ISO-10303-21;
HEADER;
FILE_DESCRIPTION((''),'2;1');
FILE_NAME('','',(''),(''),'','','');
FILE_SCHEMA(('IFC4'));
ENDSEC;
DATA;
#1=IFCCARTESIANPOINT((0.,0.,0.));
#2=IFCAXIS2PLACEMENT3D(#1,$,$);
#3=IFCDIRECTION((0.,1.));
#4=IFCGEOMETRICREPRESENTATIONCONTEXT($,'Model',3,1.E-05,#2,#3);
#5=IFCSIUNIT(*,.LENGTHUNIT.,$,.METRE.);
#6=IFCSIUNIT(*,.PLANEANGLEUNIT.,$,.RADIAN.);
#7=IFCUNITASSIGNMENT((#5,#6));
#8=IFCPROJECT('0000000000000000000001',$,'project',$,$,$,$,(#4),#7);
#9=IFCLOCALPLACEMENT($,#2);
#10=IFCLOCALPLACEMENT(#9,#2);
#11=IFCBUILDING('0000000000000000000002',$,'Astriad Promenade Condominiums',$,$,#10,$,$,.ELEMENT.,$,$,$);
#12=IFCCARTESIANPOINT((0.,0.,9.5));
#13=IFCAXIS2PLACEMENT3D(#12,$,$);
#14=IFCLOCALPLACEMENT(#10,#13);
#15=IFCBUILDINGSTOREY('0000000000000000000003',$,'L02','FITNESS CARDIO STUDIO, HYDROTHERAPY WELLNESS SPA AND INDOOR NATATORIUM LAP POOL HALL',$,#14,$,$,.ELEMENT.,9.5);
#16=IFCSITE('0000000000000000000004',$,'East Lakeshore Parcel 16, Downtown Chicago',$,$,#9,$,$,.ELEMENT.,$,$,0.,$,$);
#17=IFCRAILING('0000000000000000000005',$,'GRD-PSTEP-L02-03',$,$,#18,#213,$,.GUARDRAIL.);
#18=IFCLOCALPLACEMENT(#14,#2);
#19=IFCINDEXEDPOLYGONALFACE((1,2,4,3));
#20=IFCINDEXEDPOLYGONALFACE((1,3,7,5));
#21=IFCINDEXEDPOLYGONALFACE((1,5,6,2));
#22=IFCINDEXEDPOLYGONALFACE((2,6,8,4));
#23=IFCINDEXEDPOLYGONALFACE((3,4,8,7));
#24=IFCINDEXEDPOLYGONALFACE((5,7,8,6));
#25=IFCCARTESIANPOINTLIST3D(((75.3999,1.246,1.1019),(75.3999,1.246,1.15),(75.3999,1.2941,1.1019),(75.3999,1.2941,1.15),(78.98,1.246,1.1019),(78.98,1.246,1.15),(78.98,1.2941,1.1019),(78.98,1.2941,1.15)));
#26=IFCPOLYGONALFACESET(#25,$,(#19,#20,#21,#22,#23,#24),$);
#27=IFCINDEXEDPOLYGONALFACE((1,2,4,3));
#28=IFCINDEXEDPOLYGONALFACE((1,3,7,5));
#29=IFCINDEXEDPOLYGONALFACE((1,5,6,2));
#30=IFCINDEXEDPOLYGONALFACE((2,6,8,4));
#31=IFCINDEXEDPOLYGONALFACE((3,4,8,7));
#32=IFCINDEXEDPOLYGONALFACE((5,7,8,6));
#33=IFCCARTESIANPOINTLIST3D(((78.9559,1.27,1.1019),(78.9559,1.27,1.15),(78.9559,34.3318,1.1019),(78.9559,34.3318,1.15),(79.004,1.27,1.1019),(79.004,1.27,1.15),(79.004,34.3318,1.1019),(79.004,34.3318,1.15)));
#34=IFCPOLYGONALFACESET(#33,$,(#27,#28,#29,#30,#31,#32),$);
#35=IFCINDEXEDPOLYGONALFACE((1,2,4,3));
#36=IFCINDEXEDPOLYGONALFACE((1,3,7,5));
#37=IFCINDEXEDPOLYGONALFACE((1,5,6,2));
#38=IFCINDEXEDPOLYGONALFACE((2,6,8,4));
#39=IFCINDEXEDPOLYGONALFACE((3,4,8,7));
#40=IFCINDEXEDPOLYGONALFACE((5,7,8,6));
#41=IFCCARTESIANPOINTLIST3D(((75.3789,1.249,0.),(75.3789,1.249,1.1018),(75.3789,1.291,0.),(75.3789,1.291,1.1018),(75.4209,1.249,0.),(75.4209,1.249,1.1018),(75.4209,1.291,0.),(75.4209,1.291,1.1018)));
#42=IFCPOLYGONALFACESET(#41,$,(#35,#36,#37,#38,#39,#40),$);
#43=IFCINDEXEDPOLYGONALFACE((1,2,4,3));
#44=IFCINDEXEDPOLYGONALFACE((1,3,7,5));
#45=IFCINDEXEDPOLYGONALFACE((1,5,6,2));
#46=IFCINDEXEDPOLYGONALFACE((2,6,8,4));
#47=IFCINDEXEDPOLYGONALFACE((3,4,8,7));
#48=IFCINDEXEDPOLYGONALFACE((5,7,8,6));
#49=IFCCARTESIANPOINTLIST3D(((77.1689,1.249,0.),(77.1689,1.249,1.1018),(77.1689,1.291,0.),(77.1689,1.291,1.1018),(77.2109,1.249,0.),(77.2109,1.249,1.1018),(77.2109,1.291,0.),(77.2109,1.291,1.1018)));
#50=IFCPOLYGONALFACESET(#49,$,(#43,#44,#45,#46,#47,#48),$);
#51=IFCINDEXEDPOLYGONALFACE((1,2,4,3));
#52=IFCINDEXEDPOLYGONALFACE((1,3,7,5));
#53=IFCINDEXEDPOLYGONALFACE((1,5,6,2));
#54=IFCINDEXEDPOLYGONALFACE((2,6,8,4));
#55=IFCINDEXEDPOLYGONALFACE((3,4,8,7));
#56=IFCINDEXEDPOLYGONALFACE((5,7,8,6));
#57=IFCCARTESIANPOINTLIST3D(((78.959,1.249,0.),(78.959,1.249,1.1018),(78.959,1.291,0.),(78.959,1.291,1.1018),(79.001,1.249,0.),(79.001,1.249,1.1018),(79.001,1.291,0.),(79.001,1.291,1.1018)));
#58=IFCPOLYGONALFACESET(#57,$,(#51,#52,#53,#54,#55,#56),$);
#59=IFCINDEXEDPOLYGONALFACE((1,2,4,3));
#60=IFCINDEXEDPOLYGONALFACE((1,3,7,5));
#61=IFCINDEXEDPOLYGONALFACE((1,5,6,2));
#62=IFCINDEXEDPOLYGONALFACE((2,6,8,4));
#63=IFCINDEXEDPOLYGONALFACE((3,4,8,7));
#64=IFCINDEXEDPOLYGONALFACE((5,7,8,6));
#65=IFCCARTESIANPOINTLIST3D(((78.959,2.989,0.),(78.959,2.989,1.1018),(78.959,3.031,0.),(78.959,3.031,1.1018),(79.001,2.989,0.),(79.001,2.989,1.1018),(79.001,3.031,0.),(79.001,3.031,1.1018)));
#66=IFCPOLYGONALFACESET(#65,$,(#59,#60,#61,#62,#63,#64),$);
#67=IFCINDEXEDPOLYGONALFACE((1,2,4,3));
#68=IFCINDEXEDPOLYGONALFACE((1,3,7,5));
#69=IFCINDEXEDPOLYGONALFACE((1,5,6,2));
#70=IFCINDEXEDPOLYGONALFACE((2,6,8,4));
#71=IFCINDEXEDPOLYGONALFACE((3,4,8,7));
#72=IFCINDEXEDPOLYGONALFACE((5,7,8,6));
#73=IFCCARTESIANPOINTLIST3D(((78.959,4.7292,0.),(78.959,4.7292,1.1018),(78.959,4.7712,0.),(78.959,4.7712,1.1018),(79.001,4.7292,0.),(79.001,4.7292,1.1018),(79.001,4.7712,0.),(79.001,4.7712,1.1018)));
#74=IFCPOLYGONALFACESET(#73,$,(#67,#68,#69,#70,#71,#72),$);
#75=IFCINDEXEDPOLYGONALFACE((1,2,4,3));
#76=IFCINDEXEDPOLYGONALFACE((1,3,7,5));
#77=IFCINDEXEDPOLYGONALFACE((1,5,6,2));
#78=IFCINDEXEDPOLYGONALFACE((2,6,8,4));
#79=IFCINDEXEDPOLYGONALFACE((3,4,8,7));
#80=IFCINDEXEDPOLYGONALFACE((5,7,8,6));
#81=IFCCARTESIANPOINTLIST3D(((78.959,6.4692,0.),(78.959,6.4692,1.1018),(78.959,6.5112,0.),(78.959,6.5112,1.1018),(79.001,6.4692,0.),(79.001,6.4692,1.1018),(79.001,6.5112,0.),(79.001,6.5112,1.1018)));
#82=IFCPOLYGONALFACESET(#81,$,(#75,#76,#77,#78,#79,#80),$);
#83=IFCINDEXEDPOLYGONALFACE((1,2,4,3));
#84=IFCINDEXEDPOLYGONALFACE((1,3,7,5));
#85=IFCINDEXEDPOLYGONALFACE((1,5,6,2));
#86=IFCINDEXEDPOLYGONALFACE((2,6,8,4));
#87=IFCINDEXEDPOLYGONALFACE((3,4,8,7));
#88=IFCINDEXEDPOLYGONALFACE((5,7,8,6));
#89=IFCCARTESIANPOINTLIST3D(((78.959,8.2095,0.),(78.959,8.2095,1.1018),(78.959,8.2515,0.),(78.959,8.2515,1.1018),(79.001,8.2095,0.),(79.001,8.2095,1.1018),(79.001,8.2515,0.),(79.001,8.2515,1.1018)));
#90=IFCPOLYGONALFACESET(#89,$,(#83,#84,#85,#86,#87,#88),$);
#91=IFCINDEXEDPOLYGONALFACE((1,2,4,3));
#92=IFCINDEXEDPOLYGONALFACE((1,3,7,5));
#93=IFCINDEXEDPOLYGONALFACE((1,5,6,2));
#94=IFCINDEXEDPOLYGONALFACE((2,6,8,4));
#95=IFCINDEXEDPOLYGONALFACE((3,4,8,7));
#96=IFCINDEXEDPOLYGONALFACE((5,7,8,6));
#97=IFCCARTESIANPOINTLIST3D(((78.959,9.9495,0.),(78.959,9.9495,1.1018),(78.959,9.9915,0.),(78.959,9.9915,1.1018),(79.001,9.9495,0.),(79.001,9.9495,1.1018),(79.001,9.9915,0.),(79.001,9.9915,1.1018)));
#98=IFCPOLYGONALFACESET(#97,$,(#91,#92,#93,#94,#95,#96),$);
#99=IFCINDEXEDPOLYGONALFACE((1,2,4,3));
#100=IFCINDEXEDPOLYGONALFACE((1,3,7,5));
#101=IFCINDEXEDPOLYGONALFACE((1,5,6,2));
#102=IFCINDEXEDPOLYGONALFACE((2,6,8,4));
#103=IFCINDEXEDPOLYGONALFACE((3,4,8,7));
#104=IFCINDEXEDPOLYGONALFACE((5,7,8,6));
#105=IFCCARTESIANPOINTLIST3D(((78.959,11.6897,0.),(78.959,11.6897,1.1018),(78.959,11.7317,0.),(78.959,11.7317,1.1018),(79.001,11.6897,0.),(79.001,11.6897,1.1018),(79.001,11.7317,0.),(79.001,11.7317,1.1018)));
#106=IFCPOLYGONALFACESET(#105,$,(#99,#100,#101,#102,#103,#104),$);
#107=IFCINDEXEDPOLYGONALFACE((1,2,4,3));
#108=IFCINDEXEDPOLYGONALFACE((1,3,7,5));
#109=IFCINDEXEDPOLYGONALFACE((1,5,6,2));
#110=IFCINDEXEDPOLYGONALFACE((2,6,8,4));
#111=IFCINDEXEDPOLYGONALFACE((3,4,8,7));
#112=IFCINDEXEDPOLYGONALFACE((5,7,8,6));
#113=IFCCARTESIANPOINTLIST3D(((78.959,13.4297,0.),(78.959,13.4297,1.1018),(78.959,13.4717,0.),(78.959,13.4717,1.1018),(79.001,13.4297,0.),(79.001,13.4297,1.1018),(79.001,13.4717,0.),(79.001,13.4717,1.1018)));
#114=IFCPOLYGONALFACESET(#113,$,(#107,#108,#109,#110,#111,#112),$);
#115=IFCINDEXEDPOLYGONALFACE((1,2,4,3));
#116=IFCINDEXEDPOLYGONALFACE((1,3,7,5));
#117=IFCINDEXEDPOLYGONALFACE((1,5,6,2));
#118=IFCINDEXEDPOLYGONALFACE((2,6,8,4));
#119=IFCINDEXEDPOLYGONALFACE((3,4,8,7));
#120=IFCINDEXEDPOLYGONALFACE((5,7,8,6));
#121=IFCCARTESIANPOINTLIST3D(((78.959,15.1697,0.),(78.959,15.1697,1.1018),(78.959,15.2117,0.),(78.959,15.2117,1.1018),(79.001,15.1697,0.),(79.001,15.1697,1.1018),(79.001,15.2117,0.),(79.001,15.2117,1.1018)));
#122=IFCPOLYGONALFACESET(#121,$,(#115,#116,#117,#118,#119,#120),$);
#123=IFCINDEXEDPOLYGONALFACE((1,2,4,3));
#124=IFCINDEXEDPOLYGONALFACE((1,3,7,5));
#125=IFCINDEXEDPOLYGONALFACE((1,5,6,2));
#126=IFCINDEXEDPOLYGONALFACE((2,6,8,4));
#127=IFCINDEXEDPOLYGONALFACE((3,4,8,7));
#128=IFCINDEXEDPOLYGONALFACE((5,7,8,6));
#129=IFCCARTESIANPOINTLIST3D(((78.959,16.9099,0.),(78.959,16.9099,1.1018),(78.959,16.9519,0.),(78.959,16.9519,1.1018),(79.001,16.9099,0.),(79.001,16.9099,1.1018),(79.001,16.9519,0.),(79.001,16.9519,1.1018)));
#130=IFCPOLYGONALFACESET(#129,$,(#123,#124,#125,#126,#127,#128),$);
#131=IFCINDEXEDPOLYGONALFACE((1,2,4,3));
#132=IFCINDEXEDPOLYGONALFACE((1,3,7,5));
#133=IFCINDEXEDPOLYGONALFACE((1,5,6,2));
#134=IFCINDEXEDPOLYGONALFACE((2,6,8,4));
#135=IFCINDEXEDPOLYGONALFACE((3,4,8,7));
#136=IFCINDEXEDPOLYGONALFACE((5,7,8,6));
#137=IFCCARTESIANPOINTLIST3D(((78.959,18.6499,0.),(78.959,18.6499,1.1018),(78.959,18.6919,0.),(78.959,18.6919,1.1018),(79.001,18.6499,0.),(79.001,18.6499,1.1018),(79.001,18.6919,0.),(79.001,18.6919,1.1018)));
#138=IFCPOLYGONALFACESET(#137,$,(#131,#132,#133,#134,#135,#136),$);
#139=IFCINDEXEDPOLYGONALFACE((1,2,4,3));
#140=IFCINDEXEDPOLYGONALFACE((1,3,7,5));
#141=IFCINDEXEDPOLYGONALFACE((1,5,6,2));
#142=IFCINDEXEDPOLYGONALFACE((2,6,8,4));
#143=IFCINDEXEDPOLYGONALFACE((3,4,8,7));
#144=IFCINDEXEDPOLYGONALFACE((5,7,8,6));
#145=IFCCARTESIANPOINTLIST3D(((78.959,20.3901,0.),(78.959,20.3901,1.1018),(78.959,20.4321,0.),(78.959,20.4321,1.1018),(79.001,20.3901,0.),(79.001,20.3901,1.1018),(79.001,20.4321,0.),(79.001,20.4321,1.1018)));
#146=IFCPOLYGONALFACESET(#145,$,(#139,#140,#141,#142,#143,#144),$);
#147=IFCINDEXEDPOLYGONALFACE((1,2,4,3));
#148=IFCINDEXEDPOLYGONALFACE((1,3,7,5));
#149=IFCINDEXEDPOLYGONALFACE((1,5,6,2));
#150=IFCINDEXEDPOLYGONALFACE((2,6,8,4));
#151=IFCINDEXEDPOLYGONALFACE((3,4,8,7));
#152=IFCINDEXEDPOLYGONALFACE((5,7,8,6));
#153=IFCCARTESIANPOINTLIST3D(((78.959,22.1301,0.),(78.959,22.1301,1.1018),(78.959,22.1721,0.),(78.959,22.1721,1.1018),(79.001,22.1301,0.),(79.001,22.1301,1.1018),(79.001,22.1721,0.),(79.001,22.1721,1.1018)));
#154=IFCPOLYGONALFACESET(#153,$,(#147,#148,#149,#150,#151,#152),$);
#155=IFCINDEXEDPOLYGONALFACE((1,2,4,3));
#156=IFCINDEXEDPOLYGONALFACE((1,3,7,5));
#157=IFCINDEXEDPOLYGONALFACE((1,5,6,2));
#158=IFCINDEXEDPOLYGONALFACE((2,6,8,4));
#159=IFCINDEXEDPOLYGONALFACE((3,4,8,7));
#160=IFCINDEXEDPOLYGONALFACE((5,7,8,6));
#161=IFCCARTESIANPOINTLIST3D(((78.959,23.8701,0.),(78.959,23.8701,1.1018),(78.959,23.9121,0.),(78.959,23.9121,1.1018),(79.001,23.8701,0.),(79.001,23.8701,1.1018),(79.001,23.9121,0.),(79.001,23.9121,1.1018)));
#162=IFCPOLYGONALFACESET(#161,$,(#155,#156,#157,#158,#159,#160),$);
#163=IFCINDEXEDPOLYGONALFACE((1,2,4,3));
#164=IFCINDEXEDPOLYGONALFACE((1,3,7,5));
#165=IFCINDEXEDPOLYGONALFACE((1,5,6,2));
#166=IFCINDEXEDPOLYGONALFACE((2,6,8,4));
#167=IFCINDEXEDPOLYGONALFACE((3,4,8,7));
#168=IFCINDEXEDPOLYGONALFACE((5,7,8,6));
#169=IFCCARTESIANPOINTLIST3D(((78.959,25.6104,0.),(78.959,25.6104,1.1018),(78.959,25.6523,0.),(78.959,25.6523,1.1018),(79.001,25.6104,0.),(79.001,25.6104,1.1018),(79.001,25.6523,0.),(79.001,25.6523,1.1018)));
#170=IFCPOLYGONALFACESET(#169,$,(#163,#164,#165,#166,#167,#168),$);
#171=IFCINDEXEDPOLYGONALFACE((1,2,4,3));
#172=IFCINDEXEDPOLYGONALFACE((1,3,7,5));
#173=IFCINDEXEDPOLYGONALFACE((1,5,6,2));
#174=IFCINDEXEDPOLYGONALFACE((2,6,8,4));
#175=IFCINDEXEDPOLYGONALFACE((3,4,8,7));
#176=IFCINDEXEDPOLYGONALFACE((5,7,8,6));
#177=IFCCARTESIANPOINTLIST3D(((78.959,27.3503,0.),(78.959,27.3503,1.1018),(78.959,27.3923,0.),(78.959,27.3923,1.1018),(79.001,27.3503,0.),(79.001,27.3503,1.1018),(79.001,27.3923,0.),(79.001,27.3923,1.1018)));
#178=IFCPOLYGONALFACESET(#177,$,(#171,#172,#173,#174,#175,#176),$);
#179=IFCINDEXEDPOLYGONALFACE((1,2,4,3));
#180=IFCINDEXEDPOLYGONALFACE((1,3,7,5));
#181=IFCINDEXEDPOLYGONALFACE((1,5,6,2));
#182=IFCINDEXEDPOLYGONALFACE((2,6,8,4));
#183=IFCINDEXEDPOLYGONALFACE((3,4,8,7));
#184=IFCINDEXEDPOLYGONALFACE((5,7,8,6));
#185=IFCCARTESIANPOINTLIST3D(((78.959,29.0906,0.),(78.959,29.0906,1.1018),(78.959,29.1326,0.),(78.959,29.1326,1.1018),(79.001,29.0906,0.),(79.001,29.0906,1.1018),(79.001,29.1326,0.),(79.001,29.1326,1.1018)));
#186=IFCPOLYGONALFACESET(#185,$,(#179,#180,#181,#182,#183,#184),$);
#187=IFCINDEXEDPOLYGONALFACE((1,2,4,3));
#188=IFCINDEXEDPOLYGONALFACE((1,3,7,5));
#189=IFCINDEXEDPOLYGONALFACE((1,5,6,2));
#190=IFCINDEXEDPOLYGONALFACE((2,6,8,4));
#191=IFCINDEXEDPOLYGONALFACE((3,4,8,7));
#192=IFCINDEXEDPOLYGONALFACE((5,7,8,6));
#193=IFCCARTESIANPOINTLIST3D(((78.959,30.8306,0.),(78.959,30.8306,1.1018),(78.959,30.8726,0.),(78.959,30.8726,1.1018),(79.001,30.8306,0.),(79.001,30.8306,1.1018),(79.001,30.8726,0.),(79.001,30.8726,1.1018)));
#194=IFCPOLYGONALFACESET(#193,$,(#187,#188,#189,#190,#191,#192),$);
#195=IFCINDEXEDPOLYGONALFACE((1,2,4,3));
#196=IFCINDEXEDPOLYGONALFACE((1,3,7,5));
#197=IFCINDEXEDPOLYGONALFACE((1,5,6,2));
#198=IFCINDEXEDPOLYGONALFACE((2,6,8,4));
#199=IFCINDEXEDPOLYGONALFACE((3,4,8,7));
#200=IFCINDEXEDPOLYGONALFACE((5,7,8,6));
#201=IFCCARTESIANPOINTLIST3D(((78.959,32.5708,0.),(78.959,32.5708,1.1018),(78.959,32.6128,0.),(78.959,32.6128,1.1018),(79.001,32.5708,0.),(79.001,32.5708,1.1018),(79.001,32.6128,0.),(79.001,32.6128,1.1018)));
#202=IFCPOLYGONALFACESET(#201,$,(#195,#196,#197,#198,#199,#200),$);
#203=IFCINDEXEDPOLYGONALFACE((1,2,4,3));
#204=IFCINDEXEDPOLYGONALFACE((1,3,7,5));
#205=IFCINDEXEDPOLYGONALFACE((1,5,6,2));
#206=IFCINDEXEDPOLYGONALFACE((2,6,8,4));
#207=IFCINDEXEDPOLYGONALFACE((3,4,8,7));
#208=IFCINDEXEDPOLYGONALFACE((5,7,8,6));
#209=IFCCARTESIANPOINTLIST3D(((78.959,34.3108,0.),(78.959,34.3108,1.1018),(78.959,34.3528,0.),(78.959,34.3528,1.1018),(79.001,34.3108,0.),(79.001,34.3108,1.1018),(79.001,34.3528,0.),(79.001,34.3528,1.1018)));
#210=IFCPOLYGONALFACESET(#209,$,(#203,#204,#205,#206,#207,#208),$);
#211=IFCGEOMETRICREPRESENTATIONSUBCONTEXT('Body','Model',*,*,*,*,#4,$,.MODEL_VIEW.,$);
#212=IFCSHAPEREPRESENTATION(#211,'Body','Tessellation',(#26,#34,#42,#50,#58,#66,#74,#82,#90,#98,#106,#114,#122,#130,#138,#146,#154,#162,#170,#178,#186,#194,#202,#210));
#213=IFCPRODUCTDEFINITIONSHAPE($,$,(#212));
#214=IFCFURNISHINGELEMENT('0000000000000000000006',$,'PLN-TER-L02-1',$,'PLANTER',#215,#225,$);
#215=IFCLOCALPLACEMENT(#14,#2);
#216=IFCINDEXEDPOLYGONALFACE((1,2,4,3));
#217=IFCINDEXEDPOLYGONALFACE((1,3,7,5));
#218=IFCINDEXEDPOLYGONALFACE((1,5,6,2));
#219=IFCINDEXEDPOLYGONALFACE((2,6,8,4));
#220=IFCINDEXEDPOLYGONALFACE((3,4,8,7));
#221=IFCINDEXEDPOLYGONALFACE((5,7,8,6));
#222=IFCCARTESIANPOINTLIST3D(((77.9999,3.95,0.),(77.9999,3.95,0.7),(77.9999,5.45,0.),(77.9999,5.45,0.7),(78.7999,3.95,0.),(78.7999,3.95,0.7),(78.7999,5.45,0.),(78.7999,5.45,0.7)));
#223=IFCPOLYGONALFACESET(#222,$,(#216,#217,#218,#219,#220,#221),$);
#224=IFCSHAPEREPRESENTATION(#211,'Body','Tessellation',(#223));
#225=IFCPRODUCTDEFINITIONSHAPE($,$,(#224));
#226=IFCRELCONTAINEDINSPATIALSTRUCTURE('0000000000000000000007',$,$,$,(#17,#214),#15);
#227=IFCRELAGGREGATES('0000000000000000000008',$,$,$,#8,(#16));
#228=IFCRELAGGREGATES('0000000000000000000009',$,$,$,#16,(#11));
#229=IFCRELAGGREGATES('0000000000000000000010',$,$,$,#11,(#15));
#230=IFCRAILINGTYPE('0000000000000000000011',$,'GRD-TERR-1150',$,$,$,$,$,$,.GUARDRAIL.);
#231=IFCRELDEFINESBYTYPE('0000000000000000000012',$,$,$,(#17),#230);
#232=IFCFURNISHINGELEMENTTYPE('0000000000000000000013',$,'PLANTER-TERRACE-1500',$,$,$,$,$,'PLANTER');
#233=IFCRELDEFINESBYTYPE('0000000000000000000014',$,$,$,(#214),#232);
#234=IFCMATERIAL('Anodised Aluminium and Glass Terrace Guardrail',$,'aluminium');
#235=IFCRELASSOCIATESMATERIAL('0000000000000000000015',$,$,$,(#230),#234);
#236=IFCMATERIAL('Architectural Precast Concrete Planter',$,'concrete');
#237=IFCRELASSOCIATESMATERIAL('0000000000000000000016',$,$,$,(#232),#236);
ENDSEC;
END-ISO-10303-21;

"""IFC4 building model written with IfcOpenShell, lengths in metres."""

from ifc_helpers import new_model, si_unit, direction, frame, origin, origin_2d, place, context, subcontext, project, spatial, rectangle, extrude, source, transform, mapped, material, type_object, type_shapes, element, save


model = new_model("IFC4")

# Units and contexts
model_context = context("Model", 3, precision=1e-05, world=origin(), true_north=direction((0.0, 1.0)))
body_context = subcontext(model_context, "Body", "Model", "MODEL_VIEW")
ifc_project = project(units=[si_unit("LENGTHUNIT", "METRE"), si_unit("PLANEANGLEUNIT", "RADIAN")], contexts=[model_context])

# Site, building, storey
site_placement = place(None, origin())
site = spatial("IfcSite", under=ifc_project, at=site_placement, Name="East Lakeshore Parcel 16, Downtown Chicago", CompositionType="ELEMENT", RefElevation=0.0)
building_placement = place(site_placement, origin())
building = spatial("IfcBuilding", under=site, at=building_placement, Name="Astriad Promenade Condominiums", CompositionType="ELEMENT")
storey_placement = place(building_placement, frame((0.0, 0.0, 9.5)))
storey = spatial("IfcBuildingStorey", under=building, at=storey_placement, Name="L02", Description="FITNESS CARDIO STUDIO, HYDROTHERAPY WELLNESS SPA AND INDOOR NATATORIUM LAP POOL HALL", CompositionType="ELEMENT", Elevation=9.5)

# Railing
ifc_material_1 = material(Name="Anodised Aluminium and Glass Terrace Guardrail", Category="aluminium")
railing_type = type_object("IfcRailingType", Name="GRD-TERR-1150", PredefinedType="GUARDRAIL", material=ifc_material_1)
shared_shape_1 = source(origin(), body_context, "Body", "SweptSolid", [
    extrude(rectangle(XDim=0.0481, YDim=0.0481, at=origin_2d()), frame((0.0, 0.0, 1.126), z_axis=(1.0, 0.0, 0.0), x_axis=(0.0, 1.0, 0.0)), (0.0, 0.0, 1.0), 3.5801),
    extrude(rectangle(XDim=0.0481, YDim=0.0481, at=origin_2d()), frame((3.5801, 0.0, 1.126), z_axis=(0.0, 1.0, 0.0), x_axis=(-1.0, 0.0, 0.0)), (0.0, 0.0, 1.0), 33.0618),
    extrude(rectangle(XDim=0.042, YDim=0.042, at=origin_2d()), origin(), (0.0, 0.0, 1.0), 1.1018),
    extrude(rectangle(XDim=0.042, YDim=0.042, at=origin_2d()), frame((1.79, 0.0, 0.0)), (0.0, 0.0, 1.0), 1.1018),
    extrude(rectangle(XDim=0.042, YDim=0.042, at=origin_2d()), frame((3.5801, 0.0, 0.0)), (0.0, 0.0, 1.0), 1.1018),
    extrude(rectangle(XDim=0.042, YDim=0.042, at=origin_2d()), frame((3.5801, 1.74, 0.0)), (0.0, 0.0, 1.0), 1.1018),
    extrude(rectangle(XDim=0.042, YDim=0.042, at=origin_2d()), frame((3.5801, 3.4802, 0.0)), (0.0, 0.0, 1.0), 1.1018),
    extrude(rectangle(XDim=0.042, YDim=0.042, at=origin_2d()), frame((3.5801, 5.2202, 0.0)), (0.0, 0.0, 1.0), 1.1018),
    extrude(rectangle(XDim=0.042, YDim=0.042, at=origin_2d()), frame((3.5801, 6.9604, 0.0)), (0.0, 0.0, 1.0), 1.1018),
    extrude(rectangle(XDim=0.042, YDim=0.042, at=origin_2d()), frame((3.5801, 8.7004, 0.0)), (0.0, 0.0, 1.0), 1.1018),
    extrude(rectangle(XDim=0.042, YDim=0.042, at=origin_2d()), frame((3.5801, 10.4407, 0.0)), (0.0, 0.0, 1.0), 1.1018),
    extrude(rectangle(XDim=0.042, YDim=0.042, at=origin_2d()), frame((3.5801, 12.1807, 0.0)), (0.0, 0.0, 1.0), 1.1018),
    extrude(rectangle(XDim=0.042, YDim=0.042, at=origin_2d()), frame((3.5801, 13.9207, 0.0)), (0.0, 0.0, 1.0), 1.1018),
    extrude(rectangle(XDim=0.042, YDim=0.042, at=origin_2d()), frame((3.5801, 15.6609, 0.0)), (0.0, 0.0, 1.0), 1.1018),
    extrude(rectangle(XDim=0.042, YDim=0.042, at=origin_2d()), frame((3.5801, 17.4009, 0.0)), (0.0, 0.0, 1.0), 1.1018),
    extrude(rectangle(XDim=0.042, YDim=0.042, at=origin_2d()), frame((3.5801, 19.1411, 0.0)), (0.0, 0.0, 1.0), 1.1018),
    extrude(rectangle(XDim=0.042, YDim=0.042, at=origin_2d()), frame((3.5801, 20.8811, 0.0)), (0.0, 0.0, 1.0), 1.1018),
    extrude(rectangle(XDim=0.042, YDim=0.042, at=origin_2d()), frame((3.5801, 22.6211, 0.0)), (0.0, 0.0, 1.0), 1.1018),
    extrude(rectangle(XDim=0.042, YDim=0.042, at=origin_2d()), frame((3.5801, 24.3613, 0.0)), (0.0, 0.0, 1.0), 1.1018),
    extrude(rectangle(XDim=0.042, YDim=0.042, at=origin_2d()), frame((3.5801, 26.1013, 0.0)), (0.0, 0.0, 1.0), 1.1018),
    extrude(rectangle(XDim=0.042, YDim=0.042, at=origin_2d()), frame((3.5801, 27.8416, 0.0)), (0.0, 0.0, 1.0), 1.1018),
    extrude(rectangle(XDim=0.042, YDim=0.042, at=origin_2d()), frame((3.5801, 29.5815, 0.0)), (0.0, 0.0, 1.0), 1.1018),
    extrude(rectangle(XDim=0.042, YDim=0.042, at=origin_2d()), frame((3.5801, 31.3218, 0.0)), (0.0, 0.0, 1.0), 1.1018),
    extrude(rectangle(XDim=0.042, YDim=0.042, at=origin_2d()), frame((3.5801, 33.0618, 0.0)), (0.0, 0.0, 1.0), 1.1018),
])
railing_1_placement = place(storey_placement, frame((75.3999, 1.27, 0.0)))
element("IfcRailing", 1, at=railing_1_placement, inside=storey, type_object=railing_type, Name="GRD-PSTEP-L02-03", PredefinedType="GUARDRAIL", context=body_context, shape_type="MappedRepresentation", body=[
    mapped(shared_shape_1, transform((0.0, 0.0, 0.0), scale=1.0)),
])

# Furnishing element
ifc_material_2 = material(Name="Architectural Precast Concrete Planter", Category="concrete")
furnishing_element_type = type_object("IfcFurnishingElementType", Name="PLANTER-TERRACE-1500", ElementType="PLANTER", material=ifc_material_2)
shared_shape_2 = source(origin(), body_context, "Body", "SweptSolid", [
    extrude(rectangle(XDim=0.8, YDim=1.5, at=origin_2d()), origin(), (0.0, 0.0, 1.0), 0.7),
])
type_shapes(furnishing_element_type, [shared_shape_2])
furnishing_placement = place(storey_placement, frame((78.3999, 4.7, 0.0), z_axis=(0.0, 0.0, 1.0), x_axis=(1.0, 0.0, 0.0)))
element("IfcFurnishingElement", 2, at=furnishing_placement, inside=storey, type_object=furnishing_element_type, Name="PLN-TER-L02-1", ObjectType="PLANTER", context=body_context, shape_type="MappedRepresentation", body=[
    mapped(shared_shape_2, transform((0.0, 0.0, 0.0), scale=1.0)),
])

save(model, "model.ifc")
